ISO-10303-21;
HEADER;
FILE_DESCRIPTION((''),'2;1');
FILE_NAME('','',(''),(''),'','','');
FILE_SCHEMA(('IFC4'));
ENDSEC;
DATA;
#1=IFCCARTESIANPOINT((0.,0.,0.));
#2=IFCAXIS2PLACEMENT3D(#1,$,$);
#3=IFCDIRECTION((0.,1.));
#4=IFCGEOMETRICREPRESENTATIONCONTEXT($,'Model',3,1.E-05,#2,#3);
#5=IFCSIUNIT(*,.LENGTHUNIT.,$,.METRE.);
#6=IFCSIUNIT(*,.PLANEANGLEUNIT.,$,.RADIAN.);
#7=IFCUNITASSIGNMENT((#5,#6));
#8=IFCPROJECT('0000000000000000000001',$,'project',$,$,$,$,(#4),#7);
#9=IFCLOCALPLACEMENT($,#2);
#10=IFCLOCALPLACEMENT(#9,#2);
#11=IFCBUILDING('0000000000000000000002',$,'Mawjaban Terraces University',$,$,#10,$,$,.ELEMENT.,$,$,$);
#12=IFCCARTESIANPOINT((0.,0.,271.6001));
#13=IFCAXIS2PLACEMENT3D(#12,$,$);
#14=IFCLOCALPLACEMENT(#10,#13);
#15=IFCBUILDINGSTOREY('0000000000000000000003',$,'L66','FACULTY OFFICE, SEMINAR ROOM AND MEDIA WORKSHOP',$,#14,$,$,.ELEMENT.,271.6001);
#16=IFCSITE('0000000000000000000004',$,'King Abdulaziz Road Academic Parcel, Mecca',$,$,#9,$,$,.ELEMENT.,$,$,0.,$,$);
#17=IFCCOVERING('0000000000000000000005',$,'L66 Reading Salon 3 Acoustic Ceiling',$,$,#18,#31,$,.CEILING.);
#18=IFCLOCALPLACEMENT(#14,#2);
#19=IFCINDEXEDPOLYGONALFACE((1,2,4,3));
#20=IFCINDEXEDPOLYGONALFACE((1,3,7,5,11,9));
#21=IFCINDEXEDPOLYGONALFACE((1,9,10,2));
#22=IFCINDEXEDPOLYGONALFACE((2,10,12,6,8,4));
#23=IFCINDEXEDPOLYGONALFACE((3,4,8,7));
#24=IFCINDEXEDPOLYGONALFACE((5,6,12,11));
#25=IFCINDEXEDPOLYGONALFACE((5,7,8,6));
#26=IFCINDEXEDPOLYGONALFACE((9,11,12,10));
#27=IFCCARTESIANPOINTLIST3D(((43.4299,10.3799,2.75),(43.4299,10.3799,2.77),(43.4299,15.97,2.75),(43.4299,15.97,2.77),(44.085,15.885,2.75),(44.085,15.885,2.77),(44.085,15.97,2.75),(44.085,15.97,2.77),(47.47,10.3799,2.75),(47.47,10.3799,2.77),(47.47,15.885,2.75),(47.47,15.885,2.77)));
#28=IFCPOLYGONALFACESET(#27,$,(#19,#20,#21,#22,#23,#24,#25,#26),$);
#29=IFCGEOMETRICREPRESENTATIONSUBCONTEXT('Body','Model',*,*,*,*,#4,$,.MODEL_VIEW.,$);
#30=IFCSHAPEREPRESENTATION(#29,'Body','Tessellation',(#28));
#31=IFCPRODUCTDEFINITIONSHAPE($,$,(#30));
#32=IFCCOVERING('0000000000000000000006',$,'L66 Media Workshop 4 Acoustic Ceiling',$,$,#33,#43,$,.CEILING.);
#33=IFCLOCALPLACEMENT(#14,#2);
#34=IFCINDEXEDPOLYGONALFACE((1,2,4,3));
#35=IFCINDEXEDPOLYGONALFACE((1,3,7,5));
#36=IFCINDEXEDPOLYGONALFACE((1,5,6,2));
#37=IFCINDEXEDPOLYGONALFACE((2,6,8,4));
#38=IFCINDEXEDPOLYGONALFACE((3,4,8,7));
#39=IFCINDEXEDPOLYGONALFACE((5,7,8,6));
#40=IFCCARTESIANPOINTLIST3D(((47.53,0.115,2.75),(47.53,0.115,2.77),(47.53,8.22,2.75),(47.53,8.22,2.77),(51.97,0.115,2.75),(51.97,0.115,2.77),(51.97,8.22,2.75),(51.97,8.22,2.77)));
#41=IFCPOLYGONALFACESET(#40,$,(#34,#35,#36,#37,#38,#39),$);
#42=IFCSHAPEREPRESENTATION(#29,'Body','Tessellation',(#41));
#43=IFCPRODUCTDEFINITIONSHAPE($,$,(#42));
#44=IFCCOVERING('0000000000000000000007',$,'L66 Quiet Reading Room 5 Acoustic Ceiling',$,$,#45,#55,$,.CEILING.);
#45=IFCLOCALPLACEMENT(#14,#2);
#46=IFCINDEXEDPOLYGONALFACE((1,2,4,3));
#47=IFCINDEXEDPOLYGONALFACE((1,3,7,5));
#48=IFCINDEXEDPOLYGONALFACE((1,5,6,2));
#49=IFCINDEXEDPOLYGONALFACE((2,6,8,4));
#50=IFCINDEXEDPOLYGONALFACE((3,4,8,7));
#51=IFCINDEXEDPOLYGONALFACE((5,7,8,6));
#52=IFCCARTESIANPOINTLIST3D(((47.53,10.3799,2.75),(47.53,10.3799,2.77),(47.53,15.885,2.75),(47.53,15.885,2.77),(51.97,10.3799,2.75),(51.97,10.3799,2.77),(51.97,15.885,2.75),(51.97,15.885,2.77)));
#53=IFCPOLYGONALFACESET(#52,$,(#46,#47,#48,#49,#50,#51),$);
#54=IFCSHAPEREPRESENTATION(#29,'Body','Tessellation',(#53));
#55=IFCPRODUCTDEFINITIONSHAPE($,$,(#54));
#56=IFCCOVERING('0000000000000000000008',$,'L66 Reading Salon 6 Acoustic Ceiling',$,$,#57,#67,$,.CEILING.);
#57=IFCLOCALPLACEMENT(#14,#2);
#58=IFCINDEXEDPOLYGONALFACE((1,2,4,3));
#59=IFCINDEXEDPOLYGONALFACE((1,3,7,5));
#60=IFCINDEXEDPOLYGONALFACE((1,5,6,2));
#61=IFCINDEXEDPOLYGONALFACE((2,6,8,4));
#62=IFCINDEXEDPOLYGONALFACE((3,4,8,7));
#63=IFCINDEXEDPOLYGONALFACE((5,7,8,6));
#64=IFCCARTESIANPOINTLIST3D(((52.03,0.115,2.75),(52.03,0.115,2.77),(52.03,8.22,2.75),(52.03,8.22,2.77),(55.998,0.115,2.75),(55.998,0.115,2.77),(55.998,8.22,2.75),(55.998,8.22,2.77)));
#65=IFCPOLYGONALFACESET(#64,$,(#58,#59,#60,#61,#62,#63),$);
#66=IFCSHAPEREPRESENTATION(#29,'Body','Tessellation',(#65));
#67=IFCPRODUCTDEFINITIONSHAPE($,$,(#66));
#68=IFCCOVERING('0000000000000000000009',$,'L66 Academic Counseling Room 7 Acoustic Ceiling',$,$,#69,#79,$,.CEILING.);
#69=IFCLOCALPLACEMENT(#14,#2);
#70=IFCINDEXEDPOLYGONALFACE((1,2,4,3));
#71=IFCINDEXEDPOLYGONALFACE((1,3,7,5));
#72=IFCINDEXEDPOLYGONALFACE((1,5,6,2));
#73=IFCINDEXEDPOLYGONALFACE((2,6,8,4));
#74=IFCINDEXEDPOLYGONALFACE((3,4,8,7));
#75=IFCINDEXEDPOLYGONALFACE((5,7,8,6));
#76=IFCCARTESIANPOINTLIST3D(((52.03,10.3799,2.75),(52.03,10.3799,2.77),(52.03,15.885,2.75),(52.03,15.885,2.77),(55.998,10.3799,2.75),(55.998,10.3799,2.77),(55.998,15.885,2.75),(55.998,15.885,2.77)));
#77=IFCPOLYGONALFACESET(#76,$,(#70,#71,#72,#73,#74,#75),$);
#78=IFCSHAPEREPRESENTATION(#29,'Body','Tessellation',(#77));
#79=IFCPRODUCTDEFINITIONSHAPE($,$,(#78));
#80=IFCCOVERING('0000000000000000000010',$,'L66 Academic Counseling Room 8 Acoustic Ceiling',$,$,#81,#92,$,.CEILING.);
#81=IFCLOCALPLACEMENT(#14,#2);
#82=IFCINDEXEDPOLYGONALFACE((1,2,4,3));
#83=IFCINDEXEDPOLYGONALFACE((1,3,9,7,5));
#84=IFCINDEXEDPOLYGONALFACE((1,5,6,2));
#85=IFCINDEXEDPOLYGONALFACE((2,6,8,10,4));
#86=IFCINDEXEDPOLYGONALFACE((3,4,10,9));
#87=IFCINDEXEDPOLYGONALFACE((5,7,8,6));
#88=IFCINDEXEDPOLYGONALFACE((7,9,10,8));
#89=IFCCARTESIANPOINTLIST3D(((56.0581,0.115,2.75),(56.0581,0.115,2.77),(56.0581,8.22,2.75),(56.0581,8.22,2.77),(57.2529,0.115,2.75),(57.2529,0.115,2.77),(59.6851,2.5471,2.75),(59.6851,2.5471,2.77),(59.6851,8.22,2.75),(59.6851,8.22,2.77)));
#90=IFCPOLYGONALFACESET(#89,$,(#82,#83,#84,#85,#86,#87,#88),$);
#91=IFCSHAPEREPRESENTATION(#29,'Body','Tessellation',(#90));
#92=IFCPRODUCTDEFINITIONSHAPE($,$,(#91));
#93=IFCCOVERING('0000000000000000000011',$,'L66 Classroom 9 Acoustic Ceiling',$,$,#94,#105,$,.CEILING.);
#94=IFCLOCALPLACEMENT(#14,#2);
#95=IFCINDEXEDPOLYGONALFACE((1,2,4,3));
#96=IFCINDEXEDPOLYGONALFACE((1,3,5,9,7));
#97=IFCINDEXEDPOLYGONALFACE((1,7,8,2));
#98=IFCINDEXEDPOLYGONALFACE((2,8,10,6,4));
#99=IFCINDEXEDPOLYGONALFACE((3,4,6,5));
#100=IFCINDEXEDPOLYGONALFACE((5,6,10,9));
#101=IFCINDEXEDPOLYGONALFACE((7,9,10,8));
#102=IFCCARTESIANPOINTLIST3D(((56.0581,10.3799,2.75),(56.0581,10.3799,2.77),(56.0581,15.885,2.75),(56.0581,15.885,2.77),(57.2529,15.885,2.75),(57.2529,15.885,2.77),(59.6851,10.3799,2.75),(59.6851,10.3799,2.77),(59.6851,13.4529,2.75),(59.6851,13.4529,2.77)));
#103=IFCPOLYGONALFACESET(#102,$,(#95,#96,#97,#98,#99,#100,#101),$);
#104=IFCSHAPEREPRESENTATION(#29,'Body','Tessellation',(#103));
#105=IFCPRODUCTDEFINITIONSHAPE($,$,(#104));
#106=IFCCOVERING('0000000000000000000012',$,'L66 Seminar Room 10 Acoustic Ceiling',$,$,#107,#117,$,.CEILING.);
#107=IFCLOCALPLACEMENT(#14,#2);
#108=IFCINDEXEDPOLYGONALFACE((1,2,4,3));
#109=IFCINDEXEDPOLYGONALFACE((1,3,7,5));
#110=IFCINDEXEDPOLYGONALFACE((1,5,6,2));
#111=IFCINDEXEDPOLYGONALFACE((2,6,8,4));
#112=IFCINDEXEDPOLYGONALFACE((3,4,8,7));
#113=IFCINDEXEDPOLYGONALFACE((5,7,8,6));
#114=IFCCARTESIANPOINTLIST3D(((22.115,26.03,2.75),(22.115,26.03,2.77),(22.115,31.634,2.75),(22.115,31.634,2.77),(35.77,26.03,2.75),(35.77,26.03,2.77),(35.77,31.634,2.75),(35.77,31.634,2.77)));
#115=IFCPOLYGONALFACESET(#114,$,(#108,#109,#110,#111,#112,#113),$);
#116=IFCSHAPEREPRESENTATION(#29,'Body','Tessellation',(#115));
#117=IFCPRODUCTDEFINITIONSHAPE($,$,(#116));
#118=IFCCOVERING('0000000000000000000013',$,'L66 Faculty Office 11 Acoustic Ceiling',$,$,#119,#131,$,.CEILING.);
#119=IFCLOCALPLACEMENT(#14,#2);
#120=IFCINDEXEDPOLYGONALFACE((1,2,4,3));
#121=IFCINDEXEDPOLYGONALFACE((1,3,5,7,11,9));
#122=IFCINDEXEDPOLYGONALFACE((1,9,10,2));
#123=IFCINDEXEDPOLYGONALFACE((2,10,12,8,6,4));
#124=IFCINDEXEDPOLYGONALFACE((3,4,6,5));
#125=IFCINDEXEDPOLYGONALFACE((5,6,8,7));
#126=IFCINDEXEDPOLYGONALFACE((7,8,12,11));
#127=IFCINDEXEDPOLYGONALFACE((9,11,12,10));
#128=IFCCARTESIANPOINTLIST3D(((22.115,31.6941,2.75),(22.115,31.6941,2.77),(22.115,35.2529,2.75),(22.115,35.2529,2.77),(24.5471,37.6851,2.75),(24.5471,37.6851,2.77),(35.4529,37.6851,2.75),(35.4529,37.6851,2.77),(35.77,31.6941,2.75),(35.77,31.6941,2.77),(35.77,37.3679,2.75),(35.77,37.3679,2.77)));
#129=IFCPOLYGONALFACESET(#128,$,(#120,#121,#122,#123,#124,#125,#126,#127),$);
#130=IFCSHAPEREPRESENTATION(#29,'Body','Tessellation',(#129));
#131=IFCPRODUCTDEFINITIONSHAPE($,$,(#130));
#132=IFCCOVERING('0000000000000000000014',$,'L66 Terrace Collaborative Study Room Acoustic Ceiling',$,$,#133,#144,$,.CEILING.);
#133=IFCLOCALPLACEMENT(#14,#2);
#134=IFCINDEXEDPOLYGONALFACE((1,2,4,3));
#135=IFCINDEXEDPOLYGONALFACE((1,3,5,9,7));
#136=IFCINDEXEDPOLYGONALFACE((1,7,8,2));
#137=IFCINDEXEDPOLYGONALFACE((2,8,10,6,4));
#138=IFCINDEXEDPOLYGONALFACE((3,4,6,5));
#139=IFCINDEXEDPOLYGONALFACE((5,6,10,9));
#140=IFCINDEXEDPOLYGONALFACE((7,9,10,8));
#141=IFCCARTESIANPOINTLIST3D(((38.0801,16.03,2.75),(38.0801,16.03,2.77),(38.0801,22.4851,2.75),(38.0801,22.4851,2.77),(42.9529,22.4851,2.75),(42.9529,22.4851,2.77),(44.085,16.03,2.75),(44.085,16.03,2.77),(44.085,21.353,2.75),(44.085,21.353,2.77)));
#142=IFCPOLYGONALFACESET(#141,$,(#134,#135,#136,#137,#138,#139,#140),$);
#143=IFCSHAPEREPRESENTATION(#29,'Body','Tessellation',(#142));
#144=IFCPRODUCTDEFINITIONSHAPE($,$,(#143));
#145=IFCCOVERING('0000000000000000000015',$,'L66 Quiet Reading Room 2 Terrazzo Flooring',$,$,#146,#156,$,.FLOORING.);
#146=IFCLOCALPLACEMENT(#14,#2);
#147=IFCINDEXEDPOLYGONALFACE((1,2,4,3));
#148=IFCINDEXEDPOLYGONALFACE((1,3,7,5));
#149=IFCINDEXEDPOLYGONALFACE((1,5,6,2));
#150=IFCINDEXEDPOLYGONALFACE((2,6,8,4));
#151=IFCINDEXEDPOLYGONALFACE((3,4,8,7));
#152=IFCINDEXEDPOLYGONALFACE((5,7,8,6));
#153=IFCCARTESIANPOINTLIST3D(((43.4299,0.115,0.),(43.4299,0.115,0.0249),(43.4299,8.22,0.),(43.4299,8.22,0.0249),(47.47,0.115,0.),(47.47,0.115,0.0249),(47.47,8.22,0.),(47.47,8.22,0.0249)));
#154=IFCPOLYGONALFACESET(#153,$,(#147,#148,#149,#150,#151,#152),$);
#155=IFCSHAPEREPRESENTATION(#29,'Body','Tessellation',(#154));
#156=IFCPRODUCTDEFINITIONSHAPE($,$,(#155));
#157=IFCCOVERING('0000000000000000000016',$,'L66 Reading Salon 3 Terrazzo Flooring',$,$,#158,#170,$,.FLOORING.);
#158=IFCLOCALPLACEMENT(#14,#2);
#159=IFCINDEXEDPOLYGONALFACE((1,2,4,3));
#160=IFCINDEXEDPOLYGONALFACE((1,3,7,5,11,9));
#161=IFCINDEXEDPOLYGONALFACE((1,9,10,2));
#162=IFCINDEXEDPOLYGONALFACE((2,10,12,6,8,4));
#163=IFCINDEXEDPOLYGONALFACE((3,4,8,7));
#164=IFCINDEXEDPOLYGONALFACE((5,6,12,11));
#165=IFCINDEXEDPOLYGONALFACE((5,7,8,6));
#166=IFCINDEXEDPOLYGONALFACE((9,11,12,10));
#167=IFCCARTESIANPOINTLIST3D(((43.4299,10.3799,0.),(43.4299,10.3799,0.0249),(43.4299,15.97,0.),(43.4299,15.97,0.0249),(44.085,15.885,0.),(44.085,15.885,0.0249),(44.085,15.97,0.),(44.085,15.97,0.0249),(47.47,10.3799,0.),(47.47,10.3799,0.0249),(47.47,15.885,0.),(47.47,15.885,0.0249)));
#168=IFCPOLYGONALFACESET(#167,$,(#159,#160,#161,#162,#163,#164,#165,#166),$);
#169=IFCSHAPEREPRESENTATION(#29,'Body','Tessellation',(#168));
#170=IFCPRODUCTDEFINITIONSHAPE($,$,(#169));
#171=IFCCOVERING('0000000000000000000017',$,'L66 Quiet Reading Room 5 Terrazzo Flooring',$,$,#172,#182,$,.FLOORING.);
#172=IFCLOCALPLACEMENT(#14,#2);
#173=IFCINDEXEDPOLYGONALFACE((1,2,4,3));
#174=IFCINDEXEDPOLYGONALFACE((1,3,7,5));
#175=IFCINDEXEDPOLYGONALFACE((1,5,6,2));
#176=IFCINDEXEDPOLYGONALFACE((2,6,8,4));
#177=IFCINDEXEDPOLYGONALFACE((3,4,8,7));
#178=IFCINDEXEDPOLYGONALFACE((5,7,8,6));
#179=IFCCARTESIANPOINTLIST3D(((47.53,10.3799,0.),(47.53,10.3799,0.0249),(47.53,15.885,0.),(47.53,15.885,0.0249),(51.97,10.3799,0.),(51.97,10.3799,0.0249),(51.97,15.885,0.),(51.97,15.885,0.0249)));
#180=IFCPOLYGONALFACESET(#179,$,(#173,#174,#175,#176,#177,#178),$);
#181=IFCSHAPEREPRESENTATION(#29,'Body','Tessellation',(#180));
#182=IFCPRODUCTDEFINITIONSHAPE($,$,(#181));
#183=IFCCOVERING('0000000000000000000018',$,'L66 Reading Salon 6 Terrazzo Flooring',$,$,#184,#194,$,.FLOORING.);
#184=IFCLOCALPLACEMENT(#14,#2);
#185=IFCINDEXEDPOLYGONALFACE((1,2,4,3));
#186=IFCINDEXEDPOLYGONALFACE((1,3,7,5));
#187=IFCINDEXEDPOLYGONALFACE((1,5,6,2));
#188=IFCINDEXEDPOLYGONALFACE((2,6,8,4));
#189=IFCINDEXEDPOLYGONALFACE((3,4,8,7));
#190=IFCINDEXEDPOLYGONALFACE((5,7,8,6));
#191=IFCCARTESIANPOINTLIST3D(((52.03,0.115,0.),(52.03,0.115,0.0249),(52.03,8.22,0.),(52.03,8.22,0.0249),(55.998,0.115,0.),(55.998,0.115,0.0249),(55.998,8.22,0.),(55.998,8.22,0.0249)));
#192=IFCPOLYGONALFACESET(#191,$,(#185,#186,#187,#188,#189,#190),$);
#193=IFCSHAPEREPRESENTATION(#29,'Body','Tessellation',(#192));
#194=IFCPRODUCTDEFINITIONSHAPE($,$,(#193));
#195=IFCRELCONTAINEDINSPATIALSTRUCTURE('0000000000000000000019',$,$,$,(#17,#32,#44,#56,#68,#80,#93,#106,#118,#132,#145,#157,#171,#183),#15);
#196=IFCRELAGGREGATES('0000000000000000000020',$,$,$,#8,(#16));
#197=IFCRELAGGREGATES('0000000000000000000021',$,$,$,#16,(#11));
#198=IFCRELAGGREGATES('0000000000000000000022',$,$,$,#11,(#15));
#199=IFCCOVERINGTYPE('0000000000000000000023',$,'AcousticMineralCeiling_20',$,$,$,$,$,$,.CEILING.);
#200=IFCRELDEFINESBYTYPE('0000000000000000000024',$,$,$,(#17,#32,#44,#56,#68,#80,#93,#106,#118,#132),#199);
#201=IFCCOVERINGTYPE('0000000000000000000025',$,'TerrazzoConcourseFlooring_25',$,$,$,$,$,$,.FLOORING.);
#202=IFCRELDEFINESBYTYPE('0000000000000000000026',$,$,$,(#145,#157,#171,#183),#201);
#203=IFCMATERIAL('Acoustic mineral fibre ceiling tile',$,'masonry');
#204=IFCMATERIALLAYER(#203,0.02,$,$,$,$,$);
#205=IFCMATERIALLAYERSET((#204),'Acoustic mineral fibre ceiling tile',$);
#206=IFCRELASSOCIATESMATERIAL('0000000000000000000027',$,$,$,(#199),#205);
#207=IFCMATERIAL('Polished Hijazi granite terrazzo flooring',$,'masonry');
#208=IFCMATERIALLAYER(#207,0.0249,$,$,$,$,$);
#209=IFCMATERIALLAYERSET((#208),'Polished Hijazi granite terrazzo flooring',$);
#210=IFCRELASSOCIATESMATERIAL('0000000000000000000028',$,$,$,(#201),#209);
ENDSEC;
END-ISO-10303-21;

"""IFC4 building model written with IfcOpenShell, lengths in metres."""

from ifc_helpers import new_model, si_unit, direction, frame, origin, place, context, subcontext, project, spatial, polyline, outline, extrude, material, layer, layer_set, type_object, element, save


model = new_model("IFC4")

# Units and contexts
model_context = context("Model", 3, precision=1e-05, world=origin(), true_north=direction((0.0, 1.0)))
body_context = subcontext(model_context, "Body", "Model", "MODEL_VIEW")
ifc_project = project(units=[si_unit("LENGTHUNIT", "METRE"), si_unit("PLANEANGLEUNIT", "RADIAN")], contexts=[model_context])

# Site, building, storey
site_placement = place(None, origin())
site = spatial("IfcSite", under=ifc_project, at=site_placement, Name="King Abdulaziz Road Academic Parcel, Mecca", CompositionType="ELEMENT", RefElevation=0.0)
building_placement = place(site_placement, origin())
building = spatial("IfcBuilding", under=site, at=building_placement, Name="Mawjaban Terraces University", CompositionType="ELEMENT")
storey_placement = place(building_placement, frame((0.0, 0.0, 271.6001)))
storey = spatial("IfcBuildingStorey", under=building, at=storey_placement, Name="L66", Description="FACULTY OFFICE, SEMINAR ROOM AND MEDIA WORKSHOP", CompositionType="ELEMENT", Elevation=271.6001)

# Coverings
ifc_material_1 = material(Name="Acoustic mineral fibre ceiling tile", Category="masonry")
ifc_layer_1 = layer(ifc_material_1, 0.02)
ifc_layer_set_1 = layer_set([ifc_layer_1], Name="Acoustic mineral fibre ceiling tile")
covering_type_1 = type_object("IfcCoveringType", Name="AcousticMineralCeiling_20", PredefinedType="CEILING", material=ifc_layer_set_1)
covering_1_placement = place(storey_placement, frame((0.0, 0.0, 2.75)))
element("IfcCovering", 1, at=covering_1_placement, inside=storey, type_object=covering_type_1, Name="L66 Reading Salon 3 Acoustic Ceiling", PredefinedType="CEILING", context=body_context, shape_type="SweptSolid", body=[
    extrude(outline(polyline([(47.47, 15.885), (44.085, 15.885), (44.085, 15.97), (43.4299, 15.97), (43.4299, 10.3799), (47.47, 10.3799), (47.47, 15.885)])), origin(), (0.0, 0.0, 1.0), 0.02),
])
covering_2_placement = place(storey_placement, frame((0.0, 0.0, 2.75)))
element("IfcCovering", 2, at=covering_2_placement, inside=storey, type_object=covering_type_1, Name="L66 Media Workshop 4 Acoustic Ceiling", PredefinedType="CEILING", context=body_context, shape_type="SweptSolid", body=[
    extrude(outline(polyline([(47.53, 0.115), (51.97, 0.115), (51.97, 8.22), (47.53, 8.22), (47.53, 0.115)])), origin(), (0.0, 0.0, 1.0), 0.02),
])
covering_3_placement = place(storey_placement, frame((0.0, 0.0, 2.75)))
element("IfcCovering", 3, at=covering_3_placement, inside=storey, type_object=covering_type_1, Name="L66 Quiet Reading Room 5 Acoustic Ceiling", PredefinedType="CEILING", context=body_context, shape_type="SweptSolid", body=[
    extrude(outline(polyline([(51.97, 15.885), (47.53, 15.885), (47.53, 10.3799), (51.97, 10.3799), (51.97, 15.885)])), origin(), (0.0, 0.0, 1.0), 0.02),
])
covering_4_placement = place(storey_placement, frame((0.0, 0.0, 2.75)))
element("IfcCovering", 4, at=covering_4_placement, inside=storey, type_object=covering_type_1, Name="L66 Reading Salon 6 Acoustic Ceiling", PredefinedType="CEILING", context=body_context, shape_type="SweptSolid", body=[
    extrude(outline(polyline([(52.03, 0.115), (55.998, 0.115), (55.998, 8.22), (52.03, 8.22), (52.03, 0.115)])), origin(), (0.0, 0.0, 1.0), 0.02),
])
covering_5_placement = place(storey_placement, frame((0.0, 0.0, 2.75)))
element("IfcCovering", 5, at=covering_5_placement, inside=storey, type_object=covering_type_1, Name="L66 Academic Counseling Room 7 Acoustic Ceiling", PredefinedType="CEILING", context=body_context, shape_type="SweptSolid", body=[
    extrude(outline(polyline([(55.998, 15.885), (52.03, 15.885), (52.03, 10.3799), (55.998, 10.3799), (55.998, 15.885)])), origin(), (0.0, 0.0, 1.0), 0.02),
])
covering_6_placement = place(storey_placement, frame((0.0, 0.0, 2.75)))
element("IfcCovering", 6, at=covering_6_placement, inside=storey, type_object=covering_type_1, Name="L66 Academic Counseling Room 8 Acoustic Ceiling", PredefinedType="CEILING", context=body_context, shape_type="SweptSolid", body=[
    extrude(outline(polyline([(56.0581, 0.115), (57.2529, 0.115), (59.6851, 2.5471), (59.6851, 8.22), (56.0581, 8.22), (56.0581, 0.115)])), origin(), (0.0, 0.0, 1.0), 0.02),
])
covering_7_placement = place(storey_placement, frame((0.0, 0.0, 2.75)))
element("IfcCovering", 7, at=covering_7_placement, inside=storey, type_object=covering_type_1, Name="L66 Classroom 9 Acoustic Ceiling", PredefinedType="CEILING", context=body_context, shape_type="SweptSolid", body=[
    extrude(outline(polyline([(59.6851, 10.3799), (59.6851, 13.4529), (57.2529, 15.885), (56.0581, 15.885), (56.0581, 10.3799), (59.6851, 10.3799)])), origin(), (0.0, 0.0, 1.0), 0.02),
])
covering_8_placement = place(storey_placement, frame((0.0, 0.0, 2.75)))
element("IfcCovering", 8, at=covering_8_placement, inside=storey, type_object=covering_type_1, Name="L66 Seminar Room 10 Acoustic Ceiling", PredefinedType="CEILING", context=body_context, shape_type="SweptSolid", body=[
    extrude(outline(polyline([(22.115, 31.634), (22.115, 26.03), (35.77, 26.03), (35.77, 31.634), (22.115, 31.634)])), origin(), (0.0, 0.0, 1.0), 0.02),
])
covering_9_placement = place(storey_placement, frame((0.0, 0.0, 2.75)))
element("IfcCovering", 9, at=covering_9_placement, inside=storey, type_object=covering_type_1, Name="L66 Faculty Office 11 Acoustic Ceiling", PredefinedType="CEILING", context=body_context, shape_type="SweptSolid", body=[
    extrude(outline(polyline([(35.77, 37.3679), (35.4529, 37.6851), (24.5471, 37.6851), (22.115, 35.2529), (22.115, 31.6941), (35.77, 31.6941), (35.77, 37.3679)])), origin(), (0.0, 0.0, 1.0), 0.02),
])
covering_10_placement = place(storey_placement, frame((0.0, 0.0, 2.75)))
element("IfcCovering", 10, at=covering_10_placement, inside=storey, type_object=covering_type_1, Name="L66 Terrace Collaborative Study Room Acoustic Ceiling", PredefinedType="CEILING", context=body_context, shape_type="SweptSolid", body=[
    extrude(outline(polyline([(44.085, 16.03), (44.085, 21.353), (42.9529, 22.4851), (38.0801, 22.4851), (38.0801, 16.03), (44.085, 16.03)])), origin(), (0.0, 0.0, 1.0), 0.02),
])
ifc_material_2 = material(Name="Polished Hijazi granite terrazzo flooring", Category="masonry")
ifc_layer_2 = layer(ifc_material_2, 0.0249)
ifc_layer_set_2 = layer_set([ifc_layer_2], Name="Polished Hijazi granite terrazzo flooring")
covering_type_2 = type_object("IfcCoveringType", Name="TerrazzoConcourseFlooring_25", PredefinedType="FLOORING", material=ifc_layer_set_2)
covering_11_placement = place(storey_placement, origin())
element("IfcCovering", 11, at=covering_11_placement, inside=storey, type_object=covering_type_2, Name="L66 Quiet Reading Room 2 Terrazzo Flooring", PredefinedType="FLOORING", context=body_context, shape_type="SweptSolid", body=[
    extrude(outline(polyline([(43.4299, 0.115), (47.47, 0.115), (47.47, 8.22), (43.4299, 8.22), (43.4299, 0.115)])), origin(), (0.0, 0.0, 1.0), 0.0249),
])
covering_12_placement = place(storey_placement, origin())
element("IfcCovering", 12, at=covering_12_placement, inside=storey, type_object=covering_type_2, Name="L66 Reading Salon 3 Terrazzo Flooring", PredefinedType="FLOORING", context=body_context, shape_type="SweptSolid", body=[
    extrude(outline(polyline([(47.47, 15.885), (44.085, 15.885), (44.085, 15.97), (43.4299, 15.97), (43.4299, 10.3799), (47.47, 10.3799), (47.47, 15.885)])), origin(), (0.0, 0.0, 1.0), 0.0249),
])
covering_13_placement = place(storey_placement, origin())
element("IfcCovering", 13, at=covering_13_placement, inside=storey, type_object=covering_type_2, Name="L66 Quiet Reading Room 5 Terrazzo Flooring", PredefinedType="FLOORING", context=body_context, shape_type="SweptSolid", body=[
    extrude(outline(polyline([(51.97, 15.885), (47.53, 15.885), (47.53, 10.3799), (51.97, 10.3799), (51.97, 15.885)])), origin(), (0.0, 0.0, 1.0), 0.0249),
])
covering_14_placement = place(storey_placement, origin())
element("IfcCovering", 14, at=covering_14_placement, inside=storey, type_object=covering_type_2, Name="L66 Reading Salon 6 Terrazzo Flooring", PredefinedType="FLOORING", context=body_context, shape_type="SweptSolid", body=[
    extrude(outline(polyline([(52.03, 0.115), (55.998, 0.115), (55.998, 8.22), (52.03, 8.22), (52.03, 0.115)])), origin(), (0.0, 0.0, 1.0), 0.0249),
])

save(model, "model.ifc")
